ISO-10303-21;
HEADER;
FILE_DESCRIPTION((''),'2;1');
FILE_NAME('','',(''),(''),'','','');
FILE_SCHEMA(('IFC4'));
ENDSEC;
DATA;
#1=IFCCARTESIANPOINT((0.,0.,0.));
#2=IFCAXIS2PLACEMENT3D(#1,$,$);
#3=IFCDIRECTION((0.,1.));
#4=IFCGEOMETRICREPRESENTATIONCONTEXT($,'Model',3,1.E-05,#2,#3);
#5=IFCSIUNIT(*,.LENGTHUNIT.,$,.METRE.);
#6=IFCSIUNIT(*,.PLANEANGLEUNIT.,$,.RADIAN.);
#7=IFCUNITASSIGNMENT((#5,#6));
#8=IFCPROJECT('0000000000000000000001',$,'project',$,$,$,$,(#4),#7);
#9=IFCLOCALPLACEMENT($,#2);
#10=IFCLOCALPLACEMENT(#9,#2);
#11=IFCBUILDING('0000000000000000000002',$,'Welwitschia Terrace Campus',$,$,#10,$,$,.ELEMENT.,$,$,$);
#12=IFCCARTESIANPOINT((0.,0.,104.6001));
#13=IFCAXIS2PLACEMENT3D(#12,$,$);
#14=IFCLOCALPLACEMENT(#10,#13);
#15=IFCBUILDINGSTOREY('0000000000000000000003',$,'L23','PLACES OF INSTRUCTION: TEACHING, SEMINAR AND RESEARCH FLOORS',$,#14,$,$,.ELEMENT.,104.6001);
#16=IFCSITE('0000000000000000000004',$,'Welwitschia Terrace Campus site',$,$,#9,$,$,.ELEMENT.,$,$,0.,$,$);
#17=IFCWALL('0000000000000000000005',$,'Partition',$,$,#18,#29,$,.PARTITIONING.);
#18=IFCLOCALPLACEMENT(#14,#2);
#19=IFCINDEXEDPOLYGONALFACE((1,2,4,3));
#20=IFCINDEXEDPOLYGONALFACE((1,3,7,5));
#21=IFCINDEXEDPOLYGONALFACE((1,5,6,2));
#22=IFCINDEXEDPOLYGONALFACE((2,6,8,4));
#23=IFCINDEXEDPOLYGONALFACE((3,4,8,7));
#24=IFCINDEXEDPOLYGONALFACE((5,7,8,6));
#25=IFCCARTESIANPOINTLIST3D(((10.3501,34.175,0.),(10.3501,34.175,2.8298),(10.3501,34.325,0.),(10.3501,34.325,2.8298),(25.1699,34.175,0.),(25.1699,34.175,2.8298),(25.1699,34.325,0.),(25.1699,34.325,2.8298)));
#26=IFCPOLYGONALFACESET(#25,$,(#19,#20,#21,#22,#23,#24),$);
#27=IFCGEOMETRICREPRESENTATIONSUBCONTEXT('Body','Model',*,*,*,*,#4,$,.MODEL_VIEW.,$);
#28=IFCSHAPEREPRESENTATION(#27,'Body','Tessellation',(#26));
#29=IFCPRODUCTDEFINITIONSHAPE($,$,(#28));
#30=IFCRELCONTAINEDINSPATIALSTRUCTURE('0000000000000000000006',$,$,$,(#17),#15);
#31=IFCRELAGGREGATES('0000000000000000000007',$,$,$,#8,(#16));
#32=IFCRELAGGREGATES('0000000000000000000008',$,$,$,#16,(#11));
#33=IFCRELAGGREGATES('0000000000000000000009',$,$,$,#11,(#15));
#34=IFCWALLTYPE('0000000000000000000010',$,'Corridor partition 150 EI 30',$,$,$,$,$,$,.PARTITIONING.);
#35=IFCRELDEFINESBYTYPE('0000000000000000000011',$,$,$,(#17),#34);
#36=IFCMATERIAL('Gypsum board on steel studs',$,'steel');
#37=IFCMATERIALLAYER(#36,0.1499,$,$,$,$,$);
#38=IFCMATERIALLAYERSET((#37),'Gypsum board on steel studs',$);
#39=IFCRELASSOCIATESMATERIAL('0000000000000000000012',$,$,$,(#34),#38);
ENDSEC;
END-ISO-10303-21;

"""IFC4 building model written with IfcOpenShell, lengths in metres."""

from ifc_helpers import new_model, si_unit, direction, frame, frame_2d, origin, place, context, subcontext, project, spatial, rectangle, extrude, material, layer, layer_set, type_object, element, save


model = new_model("IFC4")

# Units and contexts
model_context = context("Model", 3, precision=1e-05, world=origin(), true_north=direction((0.0, 1.0)))
body_context = subcontext(model_context, "Body", "Model", "MODEL_VIEW")
ifc_project = project(units=[si_unit("LENGTHUNIT", "METRE"), si_unit("PLANEANGLEUNIT", "RADIAN")], contexts=[model_context])

# Site, building, storey
site_placement = place(None, origin())
site = spatial("IfcSite", under=ifc_project, at=site_placement, Name="Welwitschia Terrace Campus site", CompositionType="ELEMENT", RefElevation=0.0)
building_placement = place(site_placement, origin())
building = spatial("IfcBuilding", under=site, at=building_placement, Name="Welwitschia Terrace Campus", CompositionType="ELEMENT")
storey_placement = place(building_placement, frame((0.0, 0.0, 104.6001)))
storey = spatial("IfcBuildingStorey", under=building, at=storey_placement, Name="L23", Description="PLACES OF INSTRUCTION: TEACHING, SEMINAR AND RESEARCH FLOORS", CompositionType="ELEMENT", Elevation=104.6001)

# Shared definitions
ifc_material_1 = material(Name="Gypsum board on steel studs", Category="steel")
ifc_layer_1 = layer(ifc_material_1, 0.1499)
ifc_layer_set_1 = layer_set([ifc_layer_1], Name="Gypsum board on steel studs")
wall_type = type_object("IfcWallType", Name="Corridor partition 150 EI 30", PredefinedType="PARTITIONING", material=ifc_layer_set_1)

# Wall
wall_1_placement = place(storey_placement, frame((10.3501, 34.25, 0.0), z_axis=(0.0, 0.0, 1.0), x_axis=(1.0, 0.0, 0.0)))
element("IfcWall", 1, at=wall_1_placement, inside=storey, type_object=wall_type, Name="Partition", PredefinedType="PARTITIONING", context=body_context, shape_type="SweptSolid", body=[
    extrude(rectangle(XDim=14.8198, YDim=0.1499, at=frame_2d((7.4099, 0.0))), origin(), (0.0, 0.0, 1.0), 2.8298),
])

save(model, "model.ifc")
